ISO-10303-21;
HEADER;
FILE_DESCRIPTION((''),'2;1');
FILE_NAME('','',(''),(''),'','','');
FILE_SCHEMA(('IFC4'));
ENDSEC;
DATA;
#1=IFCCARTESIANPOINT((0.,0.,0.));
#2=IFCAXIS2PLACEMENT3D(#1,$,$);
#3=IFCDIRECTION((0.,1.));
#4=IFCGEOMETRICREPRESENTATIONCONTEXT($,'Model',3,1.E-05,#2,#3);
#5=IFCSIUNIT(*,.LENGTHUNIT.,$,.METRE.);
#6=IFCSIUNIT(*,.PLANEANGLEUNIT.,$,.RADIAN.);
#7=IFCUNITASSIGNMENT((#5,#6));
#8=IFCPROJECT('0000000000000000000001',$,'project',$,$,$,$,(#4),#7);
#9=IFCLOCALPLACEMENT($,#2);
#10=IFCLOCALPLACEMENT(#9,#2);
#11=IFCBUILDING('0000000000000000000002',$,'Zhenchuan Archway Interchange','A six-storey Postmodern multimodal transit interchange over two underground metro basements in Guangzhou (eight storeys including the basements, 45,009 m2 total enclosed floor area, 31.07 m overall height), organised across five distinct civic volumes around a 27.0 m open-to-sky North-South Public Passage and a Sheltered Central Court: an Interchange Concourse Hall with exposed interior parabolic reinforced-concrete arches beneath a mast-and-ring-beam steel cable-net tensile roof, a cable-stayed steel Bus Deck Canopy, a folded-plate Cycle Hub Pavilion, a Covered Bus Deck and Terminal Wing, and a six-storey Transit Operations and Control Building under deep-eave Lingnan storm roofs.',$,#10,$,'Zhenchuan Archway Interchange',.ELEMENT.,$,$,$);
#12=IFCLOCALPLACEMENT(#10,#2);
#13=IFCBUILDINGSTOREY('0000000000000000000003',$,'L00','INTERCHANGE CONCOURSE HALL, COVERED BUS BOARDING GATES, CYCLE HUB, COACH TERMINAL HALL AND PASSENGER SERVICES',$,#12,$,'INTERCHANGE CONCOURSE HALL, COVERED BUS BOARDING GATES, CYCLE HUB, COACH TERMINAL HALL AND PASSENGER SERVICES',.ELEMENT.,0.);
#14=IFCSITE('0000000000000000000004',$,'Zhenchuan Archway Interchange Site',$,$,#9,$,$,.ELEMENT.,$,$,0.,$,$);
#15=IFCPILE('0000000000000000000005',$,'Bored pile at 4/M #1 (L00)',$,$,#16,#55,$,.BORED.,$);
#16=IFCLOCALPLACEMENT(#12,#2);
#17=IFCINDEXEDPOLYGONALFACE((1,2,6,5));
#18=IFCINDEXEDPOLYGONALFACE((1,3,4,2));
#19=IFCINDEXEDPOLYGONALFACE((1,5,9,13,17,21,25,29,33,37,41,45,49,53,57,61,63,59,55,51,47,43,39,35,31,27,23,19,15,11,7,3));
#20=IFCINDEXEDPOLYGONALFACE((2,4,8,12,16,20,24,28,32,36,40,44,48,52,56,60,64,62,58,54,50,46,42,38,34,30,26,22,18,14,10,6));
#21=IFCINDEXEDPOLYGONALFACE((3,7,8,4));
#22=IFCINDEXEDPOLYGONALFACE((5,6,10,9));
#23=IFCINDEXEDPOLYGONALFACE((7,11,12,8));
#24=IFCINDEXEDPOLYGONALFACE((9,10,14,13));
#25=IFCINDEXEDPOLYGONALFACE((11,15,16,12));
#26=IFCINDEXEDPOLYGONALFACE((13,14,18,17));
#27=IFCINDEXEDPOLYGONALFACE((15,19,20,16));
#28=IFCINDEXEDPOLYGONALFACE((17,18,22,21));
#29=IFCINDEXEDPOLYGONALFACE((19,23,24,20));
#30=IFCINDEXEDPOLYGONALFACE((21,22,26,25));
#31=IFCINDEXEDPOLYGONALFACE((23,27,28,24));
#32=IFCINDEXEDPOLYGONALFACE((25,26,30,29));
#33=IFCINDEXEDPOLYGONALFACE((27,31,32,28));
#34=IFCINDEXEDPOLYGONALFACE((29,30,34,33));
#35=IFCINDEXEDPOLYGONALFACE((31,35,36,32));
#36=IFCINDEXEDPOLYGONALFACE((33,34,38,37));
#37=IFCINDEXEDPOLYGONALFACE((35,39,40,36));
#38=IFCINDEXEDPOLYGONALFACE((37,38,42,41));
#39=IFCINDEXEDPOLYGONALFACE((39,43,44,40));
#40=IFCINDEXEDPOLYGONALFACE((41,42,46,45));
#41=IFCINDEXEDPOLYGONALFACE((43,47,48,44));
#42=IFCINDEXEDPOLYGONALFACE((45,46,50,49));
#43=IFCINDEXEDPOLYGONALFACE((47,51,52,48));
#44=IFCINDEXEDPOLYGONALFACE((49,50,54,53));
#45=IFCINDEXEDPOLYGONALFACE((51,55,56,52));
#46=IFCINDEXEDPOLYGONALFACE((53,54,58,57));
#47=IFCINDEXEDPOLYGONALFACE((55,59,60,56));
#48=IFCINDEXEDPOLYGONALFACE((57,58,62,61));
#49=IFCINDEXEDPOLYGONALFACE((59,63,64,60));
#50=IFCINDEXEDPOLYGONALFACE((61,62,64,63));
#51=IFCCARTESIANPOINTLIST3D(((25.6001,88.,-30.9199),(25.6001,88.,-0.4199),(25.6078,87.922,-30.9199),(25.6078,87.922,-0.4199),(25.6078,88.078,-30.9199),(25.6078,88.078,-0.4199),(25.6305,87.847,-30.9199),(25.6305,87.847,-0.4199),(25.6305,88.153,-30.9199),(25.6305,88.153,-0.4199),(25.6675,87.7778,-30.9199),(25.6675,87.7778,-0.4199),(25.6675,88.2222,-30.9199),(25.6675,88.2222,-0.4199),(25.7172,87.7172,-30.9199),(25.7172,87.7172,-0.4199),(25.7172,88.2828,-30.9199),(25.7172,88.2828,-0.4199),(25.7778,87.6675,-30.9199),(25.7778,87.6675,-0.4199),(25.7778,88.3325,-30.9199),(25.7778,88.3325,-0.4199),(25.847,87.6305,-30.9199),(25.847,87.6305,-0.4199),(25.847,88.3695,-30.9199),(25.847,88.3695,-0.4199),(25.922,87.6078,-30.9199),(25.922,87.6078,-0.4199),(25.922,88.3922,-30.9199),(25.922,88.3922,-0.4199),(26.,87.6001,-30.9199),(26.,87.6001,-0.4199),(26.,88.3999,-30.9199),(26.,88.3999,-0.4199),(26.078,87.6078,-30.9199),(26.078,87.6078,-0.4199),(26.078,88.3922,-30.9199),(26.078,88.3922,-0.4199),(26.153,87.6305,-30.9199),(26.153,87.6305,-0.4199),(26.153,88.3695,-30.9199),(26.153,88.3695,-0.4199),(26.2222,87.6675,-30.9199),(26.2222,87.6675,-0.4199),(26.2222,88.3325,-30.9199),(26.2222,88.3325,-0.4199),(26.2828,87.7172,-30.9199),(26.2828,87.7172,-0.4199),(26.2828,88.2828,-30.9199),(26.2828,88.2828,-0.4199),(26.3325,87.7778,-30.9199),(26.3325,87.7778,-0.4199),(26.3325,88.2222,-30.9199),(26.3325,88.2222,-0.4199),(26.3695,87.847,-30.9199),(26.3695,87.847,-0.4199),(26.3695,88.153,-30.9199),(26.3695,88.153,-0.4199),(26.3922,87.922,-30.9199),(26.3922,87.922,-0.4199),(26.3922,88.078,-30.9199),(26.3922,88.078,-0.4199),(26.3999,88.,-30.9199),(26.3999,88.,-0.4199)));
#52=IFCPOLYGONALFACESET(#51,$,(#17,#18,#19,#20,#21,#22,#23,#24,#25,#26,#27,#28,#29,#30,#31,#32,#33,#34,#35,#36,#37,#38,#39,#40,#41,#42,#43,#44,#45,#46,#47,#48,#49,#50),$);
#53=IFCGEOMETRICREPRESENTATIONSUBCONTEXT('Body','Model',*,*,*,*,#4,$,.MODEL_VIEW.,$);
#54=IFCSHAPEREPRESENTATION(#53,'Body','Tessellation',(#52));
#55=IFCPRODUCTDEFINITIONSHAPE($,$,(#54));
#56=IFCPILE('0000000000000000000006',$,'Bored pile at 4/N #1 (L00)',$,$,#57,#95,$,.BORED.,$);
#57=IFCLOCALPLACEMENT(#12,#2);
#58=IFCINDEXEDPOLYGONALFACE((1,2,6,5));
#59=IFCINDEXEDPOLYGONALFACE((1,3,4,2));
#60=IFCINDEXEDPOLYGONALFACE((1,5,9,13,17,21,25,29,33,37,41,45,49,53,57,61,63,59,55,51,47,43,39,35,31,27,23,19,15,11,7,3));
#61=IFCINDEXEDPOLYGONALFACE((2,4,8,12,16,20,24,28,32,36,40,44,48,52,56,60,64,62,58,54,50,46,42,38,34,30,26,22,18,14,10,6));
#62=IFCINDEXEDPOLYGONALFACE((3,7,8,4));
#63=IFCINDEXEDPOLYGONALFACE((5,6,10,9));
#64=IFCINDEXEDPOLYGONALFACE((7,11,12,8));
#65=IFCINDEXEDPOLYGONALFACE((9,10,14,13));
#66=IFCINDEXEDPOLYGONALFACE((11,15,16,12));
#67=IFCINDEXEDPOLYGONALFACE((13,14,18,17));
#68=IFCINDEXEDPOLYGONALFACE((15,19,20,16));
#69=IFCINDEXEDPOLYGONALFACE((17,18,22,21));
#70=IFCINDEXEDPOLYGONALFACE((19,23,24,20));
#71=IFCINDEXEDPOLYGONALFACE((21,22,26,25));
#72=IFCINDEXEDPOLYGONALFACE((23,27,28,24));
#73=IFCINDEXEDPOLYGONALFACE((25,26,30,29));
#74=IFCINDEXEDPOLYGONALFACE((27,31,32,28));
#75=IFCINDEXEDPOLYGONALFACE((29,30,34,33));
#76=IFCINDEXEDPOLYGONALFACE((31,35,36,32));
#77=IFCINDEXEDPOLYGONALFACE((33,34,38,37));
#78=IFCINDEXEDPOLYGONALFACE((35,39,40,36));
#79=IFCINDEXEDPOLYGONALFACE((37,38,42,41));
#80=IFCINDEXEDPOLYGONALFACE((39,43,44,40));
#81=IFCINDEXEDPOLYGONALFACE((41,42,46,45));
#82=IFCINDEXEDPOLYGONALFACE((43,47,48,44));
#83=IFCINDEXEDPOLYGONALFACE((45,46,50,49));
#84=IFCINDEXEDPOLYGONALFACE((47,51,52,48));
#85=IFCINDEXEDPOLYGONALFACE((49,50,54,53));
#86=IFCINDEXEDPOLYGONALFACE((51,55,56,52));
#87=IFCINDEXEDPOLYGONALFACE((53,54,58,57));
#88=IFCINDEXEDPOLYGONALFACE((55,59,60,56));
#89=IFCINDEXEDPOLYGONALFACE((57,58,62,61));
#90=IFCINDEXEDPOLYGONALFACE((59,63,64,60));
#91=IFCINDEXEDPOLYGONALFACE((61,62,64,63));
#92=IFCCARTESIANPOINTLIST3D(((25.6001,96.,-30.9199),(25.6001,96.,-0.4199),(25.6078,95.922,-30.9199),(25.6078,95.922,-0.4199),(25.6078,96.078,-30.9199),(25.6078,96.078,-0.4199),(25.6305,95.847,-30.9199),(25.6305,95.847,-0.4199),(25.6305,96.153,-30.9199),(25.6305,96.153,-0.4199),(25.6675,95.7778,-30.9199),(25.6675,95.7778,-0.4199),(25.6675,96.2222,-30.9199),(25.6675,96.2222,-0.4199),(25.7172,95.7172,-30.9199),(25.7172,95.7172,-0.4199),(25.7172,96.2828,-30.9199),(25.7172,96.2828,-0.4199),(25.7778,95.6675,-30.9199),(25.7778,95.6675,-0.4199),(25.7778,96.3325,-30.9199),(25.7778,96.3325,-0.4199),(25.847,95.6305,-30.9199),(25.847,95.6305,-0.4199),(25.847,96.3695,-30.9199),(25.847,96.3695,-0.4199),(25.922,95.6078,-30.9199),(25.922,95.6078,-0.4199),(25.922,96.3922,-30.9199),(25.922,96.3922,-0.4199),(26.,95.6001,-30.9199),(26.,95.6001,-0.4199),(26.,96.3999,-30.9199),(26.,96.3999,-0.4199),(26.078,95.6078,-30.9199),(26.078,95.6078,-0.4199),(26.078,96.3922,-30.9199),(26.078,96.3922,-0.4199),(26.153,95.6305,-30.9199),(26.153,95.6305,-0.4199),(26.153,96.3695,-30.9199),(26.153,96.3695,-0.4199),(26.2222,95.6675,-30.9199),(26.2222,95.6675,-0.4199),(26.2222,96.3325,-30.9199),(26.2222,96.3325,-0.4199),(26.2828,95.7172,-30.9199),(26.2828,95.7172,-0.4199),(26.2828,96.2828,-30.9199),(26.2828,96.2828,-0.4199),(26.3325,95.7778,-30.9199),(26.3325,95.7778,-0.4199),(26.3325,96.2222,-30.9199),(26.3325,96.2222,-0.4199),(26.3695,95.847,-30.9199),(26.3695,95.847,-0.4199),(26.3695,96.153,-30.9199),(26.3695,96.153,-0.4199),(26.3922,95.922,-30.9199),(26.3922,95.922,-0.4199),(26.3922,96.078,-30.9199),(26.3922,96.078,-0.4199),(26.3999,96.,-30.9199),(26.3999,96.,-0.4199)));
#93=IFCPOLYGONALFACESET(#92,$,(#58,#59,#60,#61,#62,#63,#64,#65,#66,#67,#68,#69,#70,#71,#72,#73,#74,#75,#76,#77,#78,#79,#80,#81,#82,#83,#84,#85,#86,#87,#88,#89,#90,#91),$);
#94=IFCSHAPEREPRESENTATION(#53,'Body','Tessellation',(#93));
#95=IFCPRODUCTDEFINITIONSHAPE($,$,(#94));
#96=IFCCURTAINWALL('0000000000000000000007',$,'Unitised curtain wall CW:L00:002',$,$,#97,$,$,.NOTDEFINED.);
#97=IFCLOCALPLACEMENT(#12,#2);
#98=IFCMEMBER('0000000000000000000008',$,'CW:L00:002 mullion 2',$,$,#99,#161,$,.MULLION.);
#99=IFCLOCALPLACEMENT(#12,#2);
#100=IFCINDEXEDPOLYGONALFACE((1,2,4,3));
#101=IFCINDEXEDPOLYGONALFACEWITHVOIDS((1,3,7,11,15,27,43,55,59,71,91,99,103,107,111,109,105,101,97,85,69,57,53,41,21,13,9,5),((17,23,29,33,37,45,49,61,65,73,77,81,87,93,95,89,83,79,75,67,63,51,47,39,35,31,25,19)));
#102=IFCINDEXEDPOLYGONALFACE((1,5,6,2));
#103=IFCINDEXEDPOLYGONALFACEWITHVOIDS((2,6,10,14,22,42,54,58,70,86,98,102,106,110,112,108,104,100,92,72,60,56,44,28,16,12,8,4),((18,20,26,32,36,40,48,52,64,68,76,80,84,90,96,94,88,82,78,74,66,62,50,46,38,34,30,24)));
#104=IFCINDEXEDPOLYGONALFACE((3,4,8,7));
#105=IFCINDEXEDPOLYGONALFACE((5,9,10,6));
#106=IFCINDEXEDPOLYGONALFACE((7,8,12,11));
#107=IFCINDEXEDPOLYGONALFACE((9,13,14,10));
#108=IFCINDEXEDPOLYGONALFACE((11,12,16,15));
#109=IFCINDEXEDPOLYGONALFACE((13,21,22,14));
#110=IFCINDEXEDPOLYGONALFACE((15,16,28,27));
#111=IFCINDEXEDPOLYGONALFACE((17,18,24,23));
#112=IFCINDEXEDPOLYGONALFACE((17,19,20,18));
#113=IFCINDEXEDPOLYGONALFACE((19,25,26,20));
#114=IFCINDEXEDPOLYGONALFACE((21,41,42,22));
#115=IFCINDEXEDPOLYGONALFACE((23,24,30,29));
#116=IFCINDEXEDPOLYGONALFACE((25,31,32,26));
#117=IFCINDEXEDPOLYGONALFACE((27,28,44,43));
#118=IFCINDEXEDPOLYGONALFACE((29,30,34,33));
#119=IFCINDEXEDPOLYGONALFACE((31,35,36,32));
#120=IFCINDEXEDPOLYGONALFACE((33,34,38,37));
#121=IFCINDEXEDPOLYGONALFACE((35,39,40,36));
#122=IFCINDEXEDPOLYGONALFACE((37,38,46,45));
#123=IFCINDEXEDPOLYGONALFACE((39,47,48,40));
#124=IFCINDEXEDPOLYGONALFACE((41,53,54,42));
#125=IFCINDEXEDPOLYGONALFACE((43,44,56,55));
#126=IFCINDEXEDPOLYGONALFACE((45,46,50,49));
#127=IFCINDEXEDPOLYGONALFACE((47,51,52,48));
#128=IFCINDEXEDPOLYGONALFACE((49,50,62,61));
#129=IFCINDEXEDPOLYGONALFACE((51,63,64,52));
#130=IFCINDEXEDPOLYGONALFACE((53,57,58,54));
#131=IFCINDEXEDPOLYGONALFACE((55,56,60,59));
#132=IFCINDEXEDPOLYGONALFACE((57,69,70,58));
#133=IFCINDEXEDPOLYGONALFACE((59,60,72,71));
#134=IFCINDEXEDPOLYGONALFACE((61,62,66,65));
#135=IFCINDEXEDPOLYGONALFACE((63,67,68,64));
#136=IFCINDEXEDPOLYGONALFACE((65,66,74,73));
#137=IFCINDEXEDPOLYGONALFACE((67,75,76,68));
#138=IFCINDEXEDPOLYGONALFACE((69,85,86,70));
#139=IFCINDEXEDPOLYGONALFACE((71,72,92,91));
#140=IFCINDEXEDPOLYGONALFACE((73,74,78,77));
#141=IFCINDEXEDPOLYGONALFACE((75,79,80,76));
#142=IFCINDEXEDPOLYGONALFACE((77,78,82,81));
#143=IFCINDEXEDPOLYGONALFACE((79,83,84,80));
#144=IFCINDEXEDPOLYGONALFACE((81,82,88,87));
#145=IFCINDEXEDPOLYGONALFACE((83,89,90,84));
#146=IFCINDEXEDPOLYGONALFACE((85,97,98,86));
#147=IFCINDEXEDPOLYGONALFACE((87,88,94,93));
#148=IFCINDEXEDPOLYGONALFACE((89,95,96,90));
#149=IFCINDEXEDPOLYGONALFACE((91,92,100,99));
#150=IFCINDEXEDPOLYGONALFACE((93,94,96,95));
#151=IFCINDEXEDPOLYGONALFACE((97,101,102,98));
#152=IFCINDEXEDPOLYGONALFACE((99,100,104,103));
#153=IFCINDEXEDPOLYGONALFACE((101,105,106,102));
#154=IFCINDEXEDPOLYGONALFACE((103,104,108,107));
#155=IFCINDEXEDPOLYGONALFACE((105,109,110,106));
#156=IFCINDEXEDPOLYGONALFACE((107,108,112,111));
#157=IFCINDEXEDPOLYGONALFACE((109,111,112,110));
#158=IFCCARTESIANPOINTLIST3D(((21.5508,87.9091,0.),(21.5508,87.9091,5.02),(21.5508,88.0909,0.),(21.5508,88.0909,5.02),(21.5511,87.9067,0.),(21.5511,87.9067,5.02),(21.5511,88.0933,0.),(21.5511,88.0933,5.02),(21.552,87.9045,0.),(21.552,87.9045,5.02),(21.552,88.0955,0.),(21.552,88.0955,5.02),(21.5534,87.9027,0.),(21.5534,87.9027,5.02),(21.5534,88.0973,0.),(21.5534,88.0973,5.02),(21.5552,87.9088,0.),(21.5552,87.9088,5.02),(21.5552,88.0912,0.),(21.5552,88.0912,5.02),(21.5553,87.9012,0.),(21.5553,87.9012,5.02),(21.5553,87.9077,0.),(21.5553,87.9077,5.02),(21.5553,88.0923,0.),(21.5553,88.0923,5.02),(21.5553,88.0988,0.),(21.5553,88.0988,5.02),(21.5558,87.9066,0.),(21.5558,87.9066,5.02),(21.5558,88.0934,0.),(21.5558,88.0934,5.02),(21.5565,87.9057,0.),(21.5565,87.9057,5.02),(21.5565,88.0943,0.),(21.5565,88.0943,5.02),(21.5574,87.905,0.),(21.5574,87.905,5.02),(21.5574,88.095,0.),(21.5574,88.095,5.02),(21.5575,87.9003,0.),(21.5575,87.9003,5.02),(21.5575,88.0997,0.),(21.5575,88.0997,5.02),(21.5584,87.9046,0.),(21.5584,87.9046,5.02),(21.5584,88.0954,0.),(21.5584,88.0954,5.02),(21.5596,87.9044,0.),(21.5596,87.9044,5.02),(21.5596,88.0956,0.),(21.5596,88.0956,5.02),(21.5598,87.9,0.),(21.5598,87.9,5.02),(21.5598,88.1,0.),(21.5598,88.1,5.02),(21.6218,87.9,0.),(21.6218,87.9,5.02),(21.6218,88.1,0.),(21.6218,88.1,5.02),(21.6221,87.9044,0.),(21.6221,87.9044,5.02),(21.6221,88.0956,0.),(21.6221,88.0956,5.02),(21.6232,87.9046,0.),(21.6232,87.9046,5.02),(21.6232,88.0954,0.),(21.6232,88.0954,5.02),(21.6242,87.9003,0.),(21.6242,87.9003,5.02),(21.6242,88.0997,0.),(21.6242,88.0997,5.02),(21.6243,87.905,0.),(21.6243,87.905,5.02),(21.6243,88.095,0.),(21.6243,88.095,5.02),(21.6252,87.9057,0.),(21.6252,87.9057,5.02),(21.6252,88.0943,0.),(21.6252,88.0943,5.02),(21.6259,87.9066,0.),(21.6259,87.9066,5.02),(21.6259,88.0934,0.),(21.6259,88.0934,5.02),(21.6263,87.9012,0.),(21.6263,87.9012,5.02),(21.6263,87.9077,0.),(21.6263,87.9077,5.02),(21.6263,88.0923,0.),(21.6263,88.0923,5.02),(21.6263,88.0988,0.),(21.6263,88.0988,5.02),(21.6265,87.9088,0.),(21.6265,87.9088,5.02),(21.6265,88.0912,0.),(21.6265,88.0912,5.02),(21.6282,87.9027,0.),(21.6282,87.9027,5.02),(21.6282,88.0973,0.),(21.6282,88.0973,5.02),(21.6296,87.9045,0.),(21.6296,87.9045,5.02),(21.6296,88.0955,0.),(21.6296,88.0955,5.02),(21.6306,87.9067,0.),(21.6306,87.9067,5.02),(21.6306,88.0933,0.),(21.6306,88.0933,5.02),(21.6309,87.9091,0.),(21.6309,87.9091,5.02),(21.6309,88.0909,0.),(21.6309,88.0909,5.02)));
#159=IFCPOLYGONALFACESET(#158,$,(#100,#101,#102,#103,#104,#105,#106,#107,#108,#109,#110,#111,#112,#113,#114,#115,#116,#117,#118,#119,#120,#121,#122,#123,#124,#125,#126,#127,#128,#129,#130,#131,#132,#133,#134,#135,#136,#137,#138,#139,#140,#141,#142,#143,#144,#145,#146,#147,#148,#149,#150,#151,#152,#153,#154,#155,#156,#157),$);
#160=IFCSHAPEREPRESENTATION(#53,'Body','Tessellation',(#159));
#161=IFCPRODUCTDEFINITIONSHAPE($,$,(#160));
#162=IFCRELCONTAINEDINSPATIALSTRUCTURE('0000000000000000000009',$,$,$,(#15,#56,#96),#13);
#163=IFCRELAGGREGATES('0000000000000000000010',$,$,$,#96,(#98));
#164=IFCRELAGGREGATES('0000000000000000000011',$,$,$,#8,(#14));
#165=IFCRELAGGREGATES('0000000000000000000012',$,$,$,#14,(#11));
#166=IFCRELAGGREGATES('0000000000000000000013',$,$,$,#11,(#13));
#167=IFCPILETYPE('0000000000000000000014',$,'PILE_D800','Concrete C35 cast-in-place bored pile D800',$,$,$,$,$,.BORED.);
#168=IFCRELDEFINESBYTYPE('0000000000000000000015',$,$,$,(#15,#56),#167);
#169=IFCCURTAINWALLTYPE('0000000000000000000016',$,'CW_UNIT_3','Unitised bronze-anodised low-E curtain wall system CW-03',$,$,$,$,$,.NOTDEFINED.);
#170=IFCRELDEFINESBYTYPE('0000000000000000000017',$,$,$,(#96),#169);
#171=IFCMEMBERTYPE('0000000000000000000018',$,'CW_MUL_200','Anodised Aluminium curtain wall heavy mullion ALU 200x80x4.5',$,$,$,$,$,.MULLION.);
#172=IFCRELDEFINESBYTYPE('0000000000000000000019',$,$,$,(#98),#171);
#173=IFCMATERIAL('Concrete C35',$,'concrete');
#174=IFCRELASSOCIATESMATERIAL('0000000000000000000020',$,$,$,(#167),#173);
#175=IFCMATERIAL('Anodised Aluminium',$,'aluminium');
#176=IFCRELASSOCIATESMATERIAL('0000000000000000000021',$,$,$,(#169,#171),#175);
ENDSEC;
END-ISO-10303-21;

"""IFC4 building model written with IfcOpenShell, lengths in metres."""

from ifc_helpers import new_model, si_unit, direction, frame, origin, origin_2d, place, context, subcontext, project, spatial, hollow_rectangle, circle, extrude, material, material_profile, profile_set, type_object, element, aggregate, save


model = new_model("IFC4")

# Units and contexts
model_context = context("Model", 3, precision=1e-05, world=origin(), true_north=direction((0.0, 1.0)))
body_context = subcontext(model_context, "Body", "Model", "MODEL_VIEW")
ifc_project = project(units=[si_unit("LENGTHUNIT", "METRE"), si_unit("PLANEANGLEUNIT", "RADIAN")], contexts=[model_context])

# Site, building, storey
site_placement = place(None, origin())
site = spatial("IfcSite", under=ifc_project, at=site_placement, Name="Zhenchuan Archway Interchange Site", CompositionType="ELEMENT", RefElevation=0.0)
building_placement = place(site_placement, origin())
building = spatial("IfcBuilding", under=site, at=building_placement, Name="Zhenchuan Archway Interchange", Description="A six-storey Postmodern multimodal transit interchange over two underground metro basements in Guangzhou (eight storeys including the basements, 45,009 m2 total enclosed floor area, 31.07 m overall height), organised across five distinct civic volumes around a 27.0 m open-to-sky North-South Public Passage and a Sheltered Central Court: an Interchange Concourse Hall with exposed interior parabolic reinforced-concrete arches beneath a mast-and-ring-beam steel cable-net tensile roof, a cable-stayed steel Bus Deck Canopy, a folded-plate Cycle Hub Pavilion, a Covered Bus Deck and Terminal Wing, and a six-storey Transit Operations and Control Building under deep-eave Lingnan storm roofs.", LongName="Zhenchuan Archway Interchange", CompositionType="ELEMENT")
storey_placement = place(building_placement, origin())
storey = spatial("IfcBuildingStorey", under=building, at=storey_placement, Name="L00", Description="INTERCHANGE CONCOURSE HALL, COVERED BUS BOARDING GATES, CYCLE HUB, COACH TERMINAL HALL AND PASSENGER SERVICES", LongName="INTERCHANGE CONCOURSE HALL, COVERED BUS BOARDING GATES, CYCLE HUB, COACH TERMINAL HALL AND PASSENGER SERVICES", CompositionType="ELEMENT", Elevation=0.0)

# Piles
ifc_material_1 = material(Name="Concrete C35", Category="concrete")
ifc_material_profile_1 = material_profile(ifc_material_1, circle(Radius=0.3999, at=origin_2d()), Name="BORED PILE 800")
ifc_profile_set_1 = profile_set([ifc_material_profile_1], Name="Concrete C35")
pile_type = type_object("IfcPileType", Name="PILE_D800", Description="Concrete C35 cast-in-place bored pile D800", PredefinedType="BORED", material=ifc_profile_set_1)
for number, where, z_axis, x_axis, name in (
    (1, (26.0, 88.0, -0.4199), (0.0, 0.0, -1.0), (1.0, 0.0, 0.0), "Bored pile at 4/M #1 (L00)"),
    (2, (26.0, 96.0, -0.4199), (0.0, 0.0, -1.0), (1.0, 0.0, 0.0), "Bored pile at 4/N #1 (L00)"),
):
    element("IfcPile", number, at=place(storey_placement, frame(where, z_axis=z_axis, x_axis=x_axis)), inside=storey, type_object=pile_type, Name=name, PredefinedType="BORED", context=body_context, shape_type="SweptSolid", body=[
        extrude(circle(Radius=0.3999, at=origin_2d()), origin(), (0.0, 0.0, 1.0), 30.5),
    ])

# Curtain wall, member
ifc_material_2 = material(Name="Anodised Aluminium", Category="aluminium")
curtain_wall_type = type_object("IfcCurtainWallType", Name="CW_UNIT_3", Description="Unitised bronze-anodised low-E curtain wall system CW-03", PredefinedType="NOTDEFINED", material=ifc_material_2)
curtain_wall_placement = place(storey_placement, origin())
curtain_wall = element("IfcCurtainWall", 3, at=curtain_wall_placement, inside=storey, type_object=curtain_wall_type, Name="Unitised curtain wall CW:L00:002", PredefinedType="NOTDEFINED")
ifc_material_profile_2 = material_profile(ifc_material_2, hollow_rectangle(XDim=0.0801, YDim=0.2, WallThickness=0.0044, InnerFilletRadius=0.0044, OuterFilletRadius=0.009, at=origin_2d()), Name="ALU 200x80x4.5")
ifc_profile_set_2 = profile_set([ifc_material_profile_2], Name="Anodised Aluminium")
member_type_1 = type_object("IfcMemberType", Name="CW_MUL_200", Description="Anodised Aluminium curtain wall heavy mullion ALU 200x80x4.5", PredefinedType="MULLION", material=ifc_profile_set_2)
member_1_placement = place(storey_placement, frame((21.5908, 88.0, 0.0), z_axis=(0.0, 0.0, 1.0), x_axis=(1.0, 0.0, 0.0)))
member_1 = element("IfcMember", 4, at=member_1_placement, type_object=member_type_1, Name="CW:L00:002 mullion 2", PredefinedType="MULLION", context=body_context, shape_type="SweptSolid", body=[
    extrude(hollow_rectangle(XDim=0.0801, YDim=0.2, WallThickness=0.0044, InnerFilletRadius=0.0044, OuterFilletRadius=0.009, at=origin_2d()), origin(), (0.0, 0.0, 1.0), 5.02),
])
aggregate(curtain_wall, [member_1])

save(model, "model.ifc")
